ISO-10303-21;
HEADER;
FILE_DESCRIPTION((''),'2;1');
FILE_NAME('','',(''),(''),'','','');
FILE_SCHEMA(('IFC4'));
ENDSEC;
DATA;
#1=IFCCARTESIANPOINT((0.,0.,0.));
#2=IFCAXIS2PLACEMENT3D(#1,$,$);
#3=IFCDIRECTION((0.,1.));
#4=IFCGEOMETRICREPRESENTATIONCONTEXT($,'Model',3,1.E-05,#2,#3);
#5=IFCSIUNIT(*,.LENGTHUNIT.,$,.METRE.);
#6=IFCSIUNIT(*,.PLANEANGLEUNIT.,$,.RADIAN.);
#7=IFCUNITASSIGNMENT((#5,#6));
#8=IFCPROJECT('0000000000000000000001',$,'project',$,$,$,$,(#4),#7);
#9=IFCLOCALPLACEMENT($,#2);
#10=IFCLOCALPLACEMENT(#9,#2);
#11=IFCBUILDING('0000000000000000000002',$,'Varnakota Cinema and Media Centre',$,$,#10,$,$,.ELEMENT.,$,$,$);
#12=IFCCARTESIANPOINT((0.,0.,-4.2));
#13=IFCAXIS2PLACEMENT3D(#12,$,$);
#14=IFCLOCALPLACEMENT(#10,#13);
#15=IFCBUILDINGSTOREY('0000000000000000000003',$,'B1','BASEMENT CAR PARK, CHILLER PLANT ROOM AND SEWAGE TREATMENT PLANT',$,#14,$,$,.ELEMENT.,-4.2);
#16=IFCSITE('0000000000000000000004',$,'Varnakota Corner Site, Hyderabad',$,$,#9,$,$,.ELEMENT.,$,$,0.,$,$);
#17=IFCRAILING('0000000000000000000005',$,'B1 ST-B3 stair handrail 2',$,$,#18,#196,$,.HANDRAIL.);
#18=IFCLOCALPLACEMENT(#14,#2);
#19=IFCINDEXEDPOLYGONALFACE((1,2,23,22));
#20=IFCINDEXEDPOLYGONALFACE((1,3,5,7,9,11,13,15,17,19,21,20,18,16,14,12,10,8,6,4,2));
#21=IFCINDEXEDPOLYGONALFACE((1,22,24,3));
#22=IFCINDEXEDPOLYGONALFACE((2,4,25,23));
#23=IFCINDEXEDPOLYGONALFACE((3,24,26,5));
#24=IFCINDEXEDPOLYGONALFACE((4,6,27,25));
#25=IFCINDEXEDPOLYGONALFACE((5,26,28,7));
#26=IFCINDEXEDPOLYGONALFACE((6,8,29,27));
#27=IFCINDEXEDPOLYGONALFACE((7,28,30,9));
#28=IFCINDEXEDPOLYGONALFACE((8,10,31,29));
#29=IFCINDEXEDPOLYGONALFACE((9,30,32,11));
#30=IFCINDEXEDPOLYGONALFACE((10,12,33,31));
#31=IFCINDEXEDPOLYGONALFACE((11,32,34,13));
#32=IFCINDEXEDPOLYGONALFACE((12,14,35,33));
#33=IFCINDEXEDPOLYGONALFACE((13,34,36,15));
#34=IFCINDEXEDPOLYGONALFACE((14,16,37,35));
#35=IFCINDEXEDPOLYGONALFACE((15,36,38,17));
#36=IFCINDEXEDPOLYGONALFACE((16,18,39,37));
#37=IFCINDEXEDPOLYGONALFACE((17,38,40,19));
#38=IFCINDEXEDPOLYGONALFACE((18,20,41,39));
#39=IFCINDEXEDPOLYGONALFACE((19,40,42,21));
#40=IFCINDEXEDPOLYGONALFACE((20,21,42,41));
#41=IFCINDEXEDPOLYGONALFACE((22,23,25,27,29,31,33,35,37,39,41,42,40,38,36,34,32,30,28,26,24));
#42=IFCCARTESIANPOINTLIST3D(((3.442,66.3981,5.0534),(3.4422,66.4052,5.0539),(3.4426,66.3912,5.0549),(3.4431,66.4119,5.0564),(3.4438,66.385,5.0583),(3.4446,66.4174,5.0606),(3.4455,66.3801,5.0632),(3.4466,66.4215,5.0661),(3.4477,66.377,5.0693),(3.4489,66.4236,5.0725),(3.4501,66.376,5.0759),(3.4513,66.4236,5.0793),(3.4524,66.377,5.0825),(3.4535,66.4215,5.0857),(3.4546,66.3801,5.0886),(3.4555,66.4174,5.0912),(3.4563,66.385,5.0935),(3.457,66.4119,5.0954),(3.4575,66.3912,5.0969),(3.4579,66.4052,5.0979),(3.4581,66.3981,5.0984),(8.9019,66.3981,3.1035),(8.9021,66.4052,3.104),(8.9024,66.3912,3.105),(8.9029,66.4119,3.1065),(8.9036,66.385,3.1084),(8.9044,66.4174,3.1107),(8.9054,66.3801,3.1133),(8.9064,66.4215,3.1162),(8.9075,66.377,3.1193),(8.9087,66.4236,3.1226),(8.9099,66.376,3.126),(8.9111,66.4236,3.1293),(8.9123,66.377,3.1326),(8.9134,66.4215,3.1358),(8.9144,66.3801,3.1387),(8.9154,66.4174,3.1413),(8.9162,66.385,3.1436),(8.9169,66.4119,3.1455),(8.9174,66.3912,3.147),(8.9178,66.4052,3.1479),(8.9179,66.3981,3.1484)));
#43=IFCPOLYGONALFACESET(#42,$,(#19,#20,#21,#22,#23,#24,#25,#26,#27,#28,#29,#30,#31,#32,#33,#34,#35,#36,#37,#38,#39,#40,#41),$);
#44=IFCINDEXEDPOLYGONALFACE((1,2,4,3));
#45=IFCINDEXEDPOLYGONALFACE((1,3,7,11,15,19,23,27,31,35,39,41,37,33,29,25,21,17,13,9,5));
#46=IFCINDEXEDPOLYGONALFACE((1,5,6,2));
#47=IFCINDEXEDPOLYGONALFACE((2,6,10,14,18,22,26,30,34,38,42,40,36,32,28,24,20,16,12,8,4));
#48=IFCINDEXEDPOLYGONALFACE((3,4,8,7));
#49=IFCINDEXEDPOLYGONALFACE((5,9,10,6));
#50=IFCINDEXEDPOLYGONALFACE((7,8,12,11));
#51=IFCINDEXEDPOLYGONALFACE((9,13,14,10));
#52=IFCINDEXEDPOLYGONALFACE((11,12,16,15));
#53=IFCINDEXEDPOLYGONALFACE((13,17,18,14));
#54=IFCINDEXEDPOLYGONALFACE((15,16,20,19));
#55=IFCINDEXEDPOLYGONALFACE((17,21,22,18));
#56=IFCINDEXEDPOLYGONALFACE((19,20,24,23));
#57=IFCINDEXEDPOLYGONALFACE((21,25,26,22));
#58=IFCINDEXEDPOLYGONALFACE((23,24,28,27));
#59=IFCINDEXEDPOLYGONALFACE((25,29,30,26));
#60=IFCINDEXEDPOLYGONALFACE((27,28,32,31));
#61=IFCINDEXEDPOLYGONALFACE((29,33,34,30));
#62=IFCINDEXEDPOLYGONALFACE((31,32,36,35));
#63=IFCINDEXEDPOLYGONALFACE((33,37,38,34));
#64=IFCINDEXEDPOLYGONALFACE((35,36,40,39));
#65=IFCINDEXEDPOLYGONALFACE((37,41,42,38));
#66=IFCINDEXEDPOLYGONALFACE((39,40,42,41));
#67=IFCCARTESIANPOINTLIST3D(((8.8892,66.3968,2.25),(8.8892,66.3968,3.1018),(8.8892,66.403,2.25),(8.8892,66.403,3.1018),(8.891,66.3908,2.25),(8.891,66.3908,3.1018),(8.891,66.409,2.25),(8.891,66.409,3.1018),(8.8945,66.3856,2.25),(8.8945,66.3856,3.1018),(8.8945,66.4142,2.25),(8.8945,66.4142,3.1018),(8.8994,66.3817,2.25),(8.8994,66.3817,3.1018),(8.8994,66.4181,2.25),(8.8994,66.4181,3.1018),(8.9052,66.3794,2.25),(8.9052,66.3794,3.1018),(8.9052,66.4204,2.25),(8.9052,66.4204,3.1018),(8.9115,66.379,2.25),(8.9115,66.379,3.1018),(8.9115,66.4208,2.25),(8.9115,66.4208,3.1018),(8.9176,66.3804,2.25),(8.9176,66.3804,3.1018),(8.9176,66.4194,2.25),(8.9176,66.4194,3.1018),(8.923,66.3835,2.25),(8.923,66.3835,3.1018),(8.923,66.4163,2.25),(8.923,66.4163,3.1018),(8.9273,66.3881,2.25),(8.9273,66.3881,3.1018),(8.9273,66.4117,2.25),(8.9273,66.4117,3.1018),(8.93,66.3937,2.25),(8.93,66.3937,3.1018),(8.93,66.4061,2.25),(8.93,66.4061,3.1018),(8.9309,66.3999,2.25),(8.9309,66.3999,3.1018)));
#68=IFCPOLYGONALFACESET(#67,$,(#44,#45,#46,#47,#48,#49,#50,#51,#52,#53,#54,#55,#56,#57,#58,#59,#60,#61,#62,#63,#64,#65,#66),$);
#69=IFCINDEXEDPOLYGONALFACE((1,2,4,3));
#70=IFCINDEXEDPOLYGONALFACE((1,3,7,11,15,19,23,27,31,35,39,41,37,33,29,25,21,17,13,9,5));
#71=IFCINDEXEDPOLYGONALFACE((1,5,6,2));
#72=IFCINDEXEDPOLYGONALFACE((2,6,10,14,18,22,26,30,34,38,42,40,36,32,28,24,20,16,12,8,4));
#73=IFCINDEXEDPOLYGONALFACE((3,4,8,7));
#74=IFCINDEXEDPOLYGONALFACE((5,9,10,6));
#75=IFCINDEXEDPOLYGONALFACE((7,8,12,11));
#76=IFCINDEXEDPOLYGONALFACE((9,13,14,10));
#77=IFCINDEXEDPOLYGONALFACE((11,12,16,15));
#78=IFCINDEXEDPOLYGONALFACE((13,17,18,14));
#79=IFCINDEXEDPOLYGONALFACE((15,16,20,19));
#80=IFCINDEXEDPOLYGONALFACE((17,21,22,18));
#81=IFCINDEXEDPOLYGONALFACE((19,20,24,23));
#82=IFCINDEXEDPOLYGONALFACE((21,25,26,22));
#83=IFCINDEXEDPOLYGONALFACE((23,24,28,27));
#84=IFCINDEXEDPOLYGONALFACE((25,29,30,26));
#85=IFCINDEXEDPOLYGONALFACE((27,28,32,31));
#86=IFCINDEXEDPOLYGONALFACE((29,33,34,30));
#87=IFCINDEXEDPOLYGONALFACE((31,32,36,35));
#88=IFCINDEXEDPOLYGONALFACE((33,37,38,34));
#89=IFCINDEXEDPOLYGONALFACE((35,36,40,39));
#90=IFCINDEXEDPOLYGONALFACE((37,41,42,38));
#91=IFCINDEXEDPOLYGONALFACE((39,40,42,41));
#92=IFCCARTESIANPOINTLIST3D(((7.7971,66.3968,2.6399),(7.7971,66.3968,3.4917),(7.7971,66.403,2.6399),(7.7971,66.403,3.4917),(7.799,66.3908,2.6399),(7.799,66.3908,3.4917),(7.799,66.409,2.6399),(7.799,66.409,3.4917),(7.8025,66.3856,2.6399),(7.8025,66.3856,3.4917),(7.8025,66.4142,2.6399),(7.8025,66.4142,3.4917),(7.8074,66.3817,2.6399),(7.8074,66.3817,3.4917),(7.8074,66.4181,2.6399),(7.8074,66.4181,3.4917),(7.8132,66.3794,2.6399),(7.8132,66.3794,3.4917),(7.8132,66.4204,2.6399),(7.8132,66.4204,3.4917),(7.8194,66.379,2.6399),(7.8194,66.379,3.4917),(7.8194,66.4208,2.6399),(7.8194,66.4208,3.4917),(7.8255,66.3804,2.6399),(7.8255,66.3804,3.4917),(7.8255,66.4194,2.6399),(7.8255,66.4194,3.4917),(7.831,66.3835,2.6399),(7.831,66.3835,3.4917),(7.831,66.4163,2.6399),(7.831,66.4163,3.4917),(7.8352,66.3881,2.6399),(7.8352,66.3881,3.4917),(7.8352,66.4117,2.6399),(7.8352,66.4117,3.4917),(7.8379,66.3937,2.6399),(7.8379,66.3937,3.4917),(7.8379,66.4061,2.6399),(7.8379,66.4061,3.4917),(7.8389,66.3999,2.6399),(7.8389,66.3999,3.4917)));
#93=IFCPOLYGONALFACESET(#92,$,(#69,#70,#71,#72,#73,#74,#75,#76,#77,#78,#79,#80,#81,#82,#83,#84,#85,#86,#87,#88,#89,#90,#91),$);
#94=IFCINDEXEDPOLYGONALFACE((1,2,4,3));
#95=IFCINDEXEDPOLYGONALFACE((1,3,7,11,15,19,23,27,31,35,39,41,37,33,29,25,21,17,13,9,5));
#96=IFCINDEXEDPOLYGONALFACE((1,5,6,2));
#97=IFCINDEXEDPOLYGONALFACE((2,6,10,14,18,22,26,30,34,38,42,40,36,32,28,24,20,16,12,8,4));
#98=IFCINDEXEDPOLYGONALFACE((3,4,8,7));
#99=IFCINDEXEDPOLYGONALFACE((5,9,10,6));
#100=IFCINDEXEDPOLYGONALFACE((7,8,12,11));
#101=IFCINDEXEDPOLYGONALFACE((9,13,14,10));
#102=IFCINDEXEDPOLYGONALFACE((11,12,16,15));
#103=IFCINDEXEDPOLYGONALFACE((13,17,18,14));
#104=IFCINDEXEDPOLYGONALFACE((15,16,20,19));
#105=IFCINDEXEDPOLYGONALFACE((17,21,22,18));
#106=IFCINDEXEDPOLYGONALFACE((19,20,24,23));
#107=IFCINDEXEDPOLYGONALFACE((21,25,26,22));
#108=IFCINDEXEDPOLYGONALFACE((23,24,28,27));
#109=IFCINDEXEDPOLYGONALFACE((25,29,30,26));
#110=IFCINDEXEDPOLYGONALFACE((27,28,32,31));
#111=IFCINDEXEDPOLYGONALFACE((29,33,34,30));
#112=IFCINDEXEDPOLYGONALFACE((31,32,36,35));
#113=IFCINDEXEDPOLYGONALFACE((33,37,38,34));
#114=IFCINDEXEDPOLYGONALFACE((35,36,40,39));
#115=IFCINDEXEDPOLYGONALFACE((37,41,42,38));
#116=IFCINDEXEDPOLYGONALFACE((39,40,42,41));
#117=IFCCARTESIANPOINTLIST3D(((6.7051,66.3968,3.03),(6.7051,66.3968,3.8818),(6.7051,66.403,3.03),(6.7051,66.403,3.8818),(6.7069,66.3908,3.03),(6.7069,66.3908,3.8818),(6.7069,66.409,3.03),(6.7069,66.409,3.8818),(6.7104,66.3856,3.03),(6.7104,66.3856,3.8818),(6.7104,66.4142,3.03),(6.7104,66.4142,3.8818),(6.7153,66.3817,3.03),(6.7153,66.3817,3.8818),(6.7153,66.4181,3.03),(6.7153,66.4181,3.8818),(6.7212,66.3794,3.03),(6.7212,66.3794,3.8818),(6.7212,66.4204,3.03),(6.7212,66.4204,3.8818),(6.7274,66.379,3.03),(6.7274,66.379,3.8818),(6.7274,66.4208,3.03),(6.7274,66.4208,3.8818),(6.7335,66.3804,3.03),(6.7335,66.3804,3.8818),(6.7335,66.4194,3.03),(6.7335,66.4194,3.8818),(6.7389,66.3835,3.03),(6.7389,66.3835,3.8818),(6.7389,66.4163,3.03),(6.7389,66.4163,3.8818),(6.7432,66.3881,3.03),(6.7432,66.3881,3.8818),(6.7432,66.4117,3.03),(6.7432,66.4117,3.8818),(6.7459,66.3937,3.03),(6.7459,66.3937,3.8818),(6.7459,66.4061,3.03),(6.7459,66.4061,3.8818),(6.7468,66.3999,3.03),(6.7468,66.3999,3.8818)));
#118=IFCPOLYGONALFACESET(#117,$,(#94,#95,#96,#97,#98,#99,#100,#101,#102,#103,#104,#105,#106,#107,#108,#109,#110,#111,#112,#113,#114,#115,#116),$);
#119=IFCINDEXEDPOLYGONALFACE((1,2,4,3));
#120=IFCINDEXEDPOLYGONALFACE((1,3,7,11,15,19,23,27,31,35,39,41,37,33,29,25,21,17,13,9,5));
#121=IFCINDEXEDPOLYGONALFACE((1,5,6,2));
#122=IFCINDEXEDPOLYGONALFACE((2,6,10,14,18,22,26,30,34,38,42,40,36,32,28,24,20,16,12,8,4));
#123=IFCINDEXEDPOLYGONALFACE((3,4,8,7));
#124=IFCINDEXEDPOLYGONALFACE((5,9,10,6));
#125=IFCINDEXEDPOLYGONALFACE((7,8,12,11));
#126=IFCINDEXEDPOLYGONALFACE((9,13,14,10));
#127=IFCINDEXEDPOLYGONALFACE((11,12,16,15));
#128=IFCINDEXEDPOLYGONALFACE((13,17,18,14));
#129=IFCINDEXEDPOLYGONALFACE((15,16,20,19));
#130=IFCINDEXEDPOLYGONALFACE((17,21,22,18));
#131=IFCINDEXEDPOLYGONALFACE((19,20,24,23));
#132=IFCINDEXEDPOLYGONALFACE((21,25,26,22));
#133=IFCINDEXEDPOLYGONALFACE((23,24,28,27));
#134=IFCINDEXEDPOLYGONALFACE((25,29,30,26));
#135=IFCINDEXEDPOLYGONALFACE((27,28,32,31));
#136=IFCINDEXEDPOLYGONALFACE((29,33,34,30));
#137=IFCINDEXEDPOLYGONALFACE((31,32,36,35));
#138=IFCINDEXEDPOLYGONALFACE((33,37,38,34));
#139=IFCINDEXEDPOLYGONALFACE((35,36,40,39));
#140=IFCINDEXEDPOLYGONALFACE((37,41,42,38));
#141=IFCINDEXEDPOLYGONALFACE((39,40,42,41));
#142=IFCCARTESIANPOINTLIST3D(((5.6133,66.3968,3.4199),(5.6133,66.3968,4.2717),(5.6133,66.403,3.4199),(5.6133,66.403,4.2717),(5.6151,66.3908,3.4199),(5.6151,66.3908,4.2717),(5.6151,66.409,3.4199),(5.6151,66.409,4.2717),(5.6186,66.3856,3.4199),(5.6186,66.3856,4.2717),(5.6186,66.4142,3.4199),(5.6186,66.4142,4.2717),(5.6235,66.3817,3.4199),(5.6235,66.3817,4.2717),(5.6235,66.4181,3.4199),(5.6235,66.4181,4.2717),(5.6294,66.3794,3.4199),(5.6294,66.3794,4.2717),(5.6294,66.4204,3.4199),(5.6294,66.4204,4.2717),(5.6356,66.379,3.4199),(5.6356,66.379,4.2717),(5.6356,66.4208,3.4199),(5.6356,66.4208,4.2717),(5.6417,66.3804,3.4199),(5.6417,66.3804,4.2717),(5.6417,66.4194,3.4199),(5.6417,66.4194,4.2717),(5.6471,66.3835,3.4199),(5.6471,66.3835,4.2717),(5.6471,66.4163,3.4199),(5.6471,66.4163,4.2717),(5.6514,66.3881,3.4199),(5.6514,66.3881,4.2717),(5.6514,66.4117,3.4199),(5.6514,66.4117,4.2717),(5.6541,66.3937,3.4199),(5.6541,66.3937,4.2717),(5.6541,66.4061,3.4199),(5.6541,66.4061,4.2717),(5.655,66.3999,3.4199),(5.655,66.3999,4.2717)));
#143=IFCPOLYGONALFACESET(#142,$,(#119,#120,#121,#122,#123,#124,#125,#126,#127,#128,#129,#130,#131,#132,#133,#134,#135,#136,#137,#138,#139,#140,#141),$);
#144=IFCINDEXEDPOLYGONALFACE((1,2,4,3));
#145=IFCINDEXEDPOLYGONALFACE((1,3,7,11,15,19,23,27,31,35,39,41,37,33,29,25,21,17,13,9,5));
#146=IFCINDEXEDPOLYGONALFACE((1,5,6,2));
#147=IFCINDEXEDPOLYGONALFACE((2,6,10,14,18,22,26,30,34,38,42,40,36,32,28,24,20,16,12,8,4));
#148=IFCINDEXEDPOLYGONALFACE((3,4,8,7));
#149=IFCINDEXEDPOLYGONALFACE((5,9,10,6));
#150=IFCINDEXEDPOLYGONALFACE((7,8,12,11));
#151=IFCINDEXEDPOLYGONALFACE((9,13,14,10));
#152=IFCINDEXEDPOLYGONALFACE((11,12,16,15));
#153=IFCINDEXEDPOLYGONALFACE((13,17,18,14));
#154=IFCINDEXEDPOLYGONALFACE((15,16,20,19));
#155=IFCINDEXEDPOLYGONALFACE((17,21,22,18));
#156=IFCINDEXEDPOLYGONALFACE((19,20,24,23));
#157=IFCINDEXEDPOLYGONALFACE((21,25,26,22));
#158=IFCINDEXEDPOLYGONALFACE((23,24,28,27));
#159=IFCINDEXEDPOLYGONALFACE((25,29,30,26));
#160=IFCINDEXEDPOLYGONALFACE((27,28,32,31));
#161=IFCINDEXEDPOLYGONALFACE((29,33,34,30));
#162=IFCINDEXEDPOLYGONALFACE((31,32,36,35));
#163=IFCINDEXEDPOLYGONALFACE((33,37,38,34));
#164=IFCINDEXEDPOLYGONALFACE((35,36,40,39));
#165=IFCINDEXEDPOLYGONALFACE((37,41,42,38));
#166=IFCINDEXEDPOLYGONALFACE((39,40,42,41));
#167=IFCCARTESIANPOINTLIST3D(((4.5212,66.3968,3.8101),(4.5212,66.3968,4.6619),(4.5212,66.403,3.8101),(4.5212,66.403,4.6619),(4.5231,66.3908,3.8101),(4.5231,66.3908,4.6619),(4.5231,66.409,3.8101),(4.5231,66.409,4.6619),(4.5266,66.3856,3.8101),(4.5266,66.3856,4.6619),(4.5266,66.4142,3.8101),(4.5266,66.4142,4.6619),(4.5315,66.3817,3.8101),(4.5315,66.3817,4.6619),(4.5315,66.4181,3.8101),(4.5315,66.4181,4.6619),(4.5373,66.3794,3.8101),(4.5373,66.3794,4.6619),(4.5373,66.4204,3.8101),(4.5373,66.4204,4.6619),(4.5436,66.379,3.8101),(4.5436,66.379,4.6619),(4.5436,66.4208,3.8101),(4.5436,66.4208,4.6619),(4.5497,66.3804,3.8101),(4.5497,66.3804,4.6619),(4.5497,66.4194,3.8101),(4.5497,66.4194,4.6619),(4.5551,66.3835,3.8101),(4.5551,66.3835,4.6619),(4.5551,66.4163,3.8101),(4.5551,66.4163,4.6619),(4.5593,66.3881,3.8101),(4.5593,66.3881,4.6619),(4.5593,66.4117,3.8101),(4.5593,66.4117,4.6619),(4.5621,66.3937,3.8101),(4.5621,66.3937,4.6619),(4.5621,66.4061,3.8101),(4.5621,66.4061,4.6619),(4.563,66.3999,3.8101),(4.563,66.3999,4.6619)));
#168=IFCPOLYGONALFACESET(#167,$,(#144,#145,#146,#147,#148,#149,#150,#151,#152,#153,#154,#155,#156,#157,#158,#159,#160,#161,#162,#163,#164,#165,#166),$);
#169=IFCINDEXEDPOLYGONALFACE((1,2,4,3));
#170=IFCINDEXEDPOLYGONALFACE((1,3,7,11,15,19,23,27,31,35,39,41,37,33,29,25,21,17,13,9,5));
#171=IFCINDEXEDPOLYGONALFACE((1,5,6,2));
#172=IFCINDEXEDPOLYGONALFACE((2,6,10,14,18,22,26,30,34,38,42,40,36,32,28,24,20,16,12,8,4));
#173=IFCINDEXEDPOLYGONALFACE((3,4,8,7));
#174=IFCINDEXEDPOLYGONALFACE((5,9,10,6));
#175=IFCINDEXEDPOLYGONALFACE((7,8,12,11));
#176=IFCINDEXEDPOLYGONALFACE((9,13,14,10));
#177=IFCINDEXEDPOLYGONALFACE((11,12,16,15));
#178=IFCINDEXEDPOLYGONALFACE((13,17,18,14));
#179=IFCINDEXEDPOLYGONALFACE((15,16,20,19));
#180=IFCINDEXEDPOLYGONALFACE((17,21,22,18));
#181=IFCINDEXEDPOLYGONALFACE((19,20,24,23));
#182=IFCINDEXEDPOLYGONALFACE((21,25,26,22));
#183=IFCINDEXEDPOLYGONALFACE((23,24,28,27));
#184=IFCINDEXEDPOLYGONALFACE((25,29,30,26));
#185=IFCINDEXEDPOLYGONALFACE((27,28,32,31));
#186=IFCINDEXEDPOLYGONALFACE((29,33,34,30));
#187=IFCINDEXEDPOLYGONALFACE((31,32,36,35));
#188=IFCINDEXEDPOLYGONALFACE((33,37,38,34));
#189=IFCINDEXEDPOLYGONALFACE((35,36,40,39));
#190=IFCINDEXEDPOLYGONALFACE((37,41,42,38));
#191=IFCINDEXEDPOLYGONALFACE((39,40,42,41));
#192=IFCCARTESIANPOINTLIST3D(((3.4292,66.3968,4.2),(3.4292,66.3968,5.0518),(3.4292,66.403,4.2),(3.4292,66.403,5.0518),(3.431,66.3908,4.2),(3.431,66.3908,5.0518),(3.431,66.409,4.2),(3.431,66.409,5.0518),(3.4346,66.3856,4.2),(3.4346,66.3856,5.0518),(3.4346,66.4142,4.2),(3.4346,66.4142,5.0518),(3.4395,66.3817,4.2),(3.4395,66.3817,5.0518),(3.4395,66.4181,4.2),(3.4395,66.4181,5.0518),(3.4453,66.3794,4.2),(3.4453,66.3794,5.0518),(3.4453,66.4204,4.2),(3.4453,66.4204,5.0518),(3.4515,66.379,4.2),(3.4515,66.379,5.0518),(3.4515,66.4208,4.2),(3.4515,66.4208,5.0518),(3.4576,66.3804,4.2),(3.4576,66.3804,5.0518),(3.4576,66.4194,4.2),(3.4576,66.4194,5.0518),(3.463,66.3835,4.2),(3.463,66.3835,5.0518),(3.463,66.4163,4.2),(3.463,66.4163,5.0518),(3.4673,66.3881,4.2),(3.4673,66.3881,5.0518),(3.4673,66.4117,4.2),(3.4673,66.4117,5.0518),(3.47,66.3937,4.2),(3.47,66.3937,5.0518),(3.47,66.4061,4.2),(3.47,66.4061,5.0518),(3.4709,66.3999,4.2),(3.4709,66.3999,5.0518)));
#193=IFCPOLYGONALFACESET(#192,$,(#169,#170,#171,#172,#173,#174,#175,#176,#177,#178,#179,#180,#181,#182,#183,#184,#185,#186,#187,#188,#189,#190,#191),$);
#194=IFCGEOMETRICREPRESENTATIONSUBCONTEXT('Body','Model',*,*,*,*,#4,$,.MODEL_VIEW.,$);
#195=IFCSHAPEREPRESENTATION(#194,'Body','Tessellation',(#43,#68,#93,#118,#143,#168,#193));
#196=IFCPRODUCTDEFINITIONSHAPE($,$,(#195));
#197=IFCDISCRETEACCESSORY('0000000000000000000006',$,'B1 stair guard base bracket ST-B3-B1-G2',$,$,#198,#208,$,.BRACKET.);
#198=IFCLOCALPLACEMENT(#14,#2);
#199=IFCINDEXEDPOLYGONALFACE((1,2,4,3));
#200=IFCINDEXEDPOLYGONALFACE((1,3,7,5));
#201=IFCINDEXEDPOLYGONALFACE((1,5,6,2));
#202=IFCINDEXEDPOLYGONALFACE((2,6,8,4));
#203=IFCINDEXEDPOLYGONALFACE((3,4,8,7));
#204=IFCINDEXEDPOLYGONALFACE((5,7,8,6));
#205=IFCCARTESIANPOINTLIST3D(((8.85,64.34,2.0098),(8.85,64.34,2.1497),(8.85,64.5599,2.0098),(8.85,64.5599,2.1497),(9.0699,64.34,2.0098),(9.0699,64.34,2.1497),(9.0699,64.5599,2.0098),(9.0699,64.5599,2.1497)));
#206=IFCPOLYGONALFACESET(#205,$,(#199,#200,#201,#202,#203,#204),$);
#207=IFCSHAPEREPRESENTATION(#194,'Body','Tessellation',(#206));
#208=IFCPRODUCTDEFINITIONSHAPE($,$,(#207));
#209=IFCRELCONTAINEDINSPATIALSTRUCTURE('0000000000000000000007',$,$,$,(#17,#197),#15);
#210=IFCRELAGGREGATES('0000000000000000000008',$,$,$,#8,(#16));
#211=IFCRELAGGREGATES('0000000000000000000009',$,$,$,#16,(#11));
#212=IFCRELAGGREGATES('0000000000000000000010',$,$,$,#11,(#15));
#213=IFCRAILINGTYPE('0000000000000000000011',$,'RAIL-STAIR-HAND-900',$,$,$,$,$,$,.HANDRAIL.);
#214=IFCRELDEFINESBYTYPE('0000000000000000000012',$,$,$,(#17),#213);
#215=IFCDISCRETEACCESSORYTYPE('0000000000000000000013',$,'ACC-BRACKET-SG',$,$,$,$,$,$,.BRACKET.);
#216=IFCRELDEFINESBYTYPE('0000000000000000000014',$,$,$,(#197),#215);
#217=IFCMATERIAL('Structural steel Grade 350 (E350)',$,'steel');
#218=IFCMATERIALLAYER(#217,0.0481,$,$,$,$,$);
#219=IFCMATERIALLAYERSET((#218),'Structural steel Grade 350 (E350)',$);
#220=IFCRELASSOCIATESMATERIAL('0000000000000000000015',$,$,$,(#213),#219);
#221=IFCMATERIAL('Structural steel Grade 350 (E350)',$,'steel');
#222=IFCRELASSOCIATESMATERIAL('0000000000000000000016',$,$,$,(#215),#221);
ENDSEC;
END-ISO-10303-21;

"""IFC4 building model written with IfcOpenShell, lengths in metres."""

from ifc_helpers import new_model, si_unit, direction, frame, origin, origin_2d, place, context, subcontext, project, spatial, rectangle, circle, extrude, material, layer, layer_set, type_object, element, save


model = new_model("IFC4")

# Units and contexts
model_context = context("Model", 3, precision=1e-05, world=origin(), true_north=direction((0.0, 1.0)))
body_context = subcontext(model_context, "Body", "Model", "MODEL_VIEW")
ifc_project = project(units=[si_unit("LENGTHUNIT", "METRE"), si_unit("PLANEANGLEUNIT", "RADIAN")], contexts=[model_context])

# Site, building, storey
site_placement = place(None, origin())
site = spatial("IfcSite", under=ifc_project, at=site_placement, Name="Varnakota Corner Site, Hyderabad", CompositionType="ELEMENT", RefElevation=0.0)
building_placement = place(site_placement, origin())
building = spatial("IfcBuilding", under=site, at=building_placement, Name="Varnakota Cinema and Media Centre", CompositionType="ELEMENT")
storey_placement = place(building_placement, frame((0.0, 0.0, -4.2)))
storey = spatial("IfcBuildingStorey", under=building, at=storey_placement, Name="B1", Description="BASEMENT CAR PARK, CHILLER PLANT ROOM AND SEWAGE TREATMENT PLANT", CompositionType="ELEMENT", Elevation=-4.2)

# Railing
ifc_material_1 = material(Name="Structural steel Grade 350 (E350)", Category="steel")
ifc_layer_1 = layer(ifc_material_1, 0.0481)
ifc_layer_set_1 = layer_set([ifc_layer_1], Name="Structural steel Grade 350 (E350)")
railing_type_1 = type_object("IfcRailingType", Name="RAIL-STAIR-HAND-900", PredefinedType="HANDRAIL", material=ifc_layer_set_1)
railing_1_placement = place(storey_placement, frame((8.9099, 66.3999, 2.25)))
element("IfcRailing", 1, at=railing_1_placement, inside=storey, type_object=railing_type_1, Name="B1 ST-B3 stair handrail 2", PredefinedType="HANDRAIL", context=body_context, shape_type="SweptSolid", body=[
    extrude(circle(Radius=0.0239, at=origin_2d()), frame((0.0, 0.0, 0.876), z_axis=(-0.941744, 0.0, 0.336331), x_axis=(0.0, -1.0, 0.0)), (0.0, 0.0, 1.0), 5.7976),
    extrude(circle(Radius=0.021, at=origin_2d()), origin(), (0.0, 0.0, 1.0), 0.8518),
    extrude(circle(Radius=0.021, at=origin_2d()), frame((-1.092, 0.0, 0.3899)), (0.0, 0.0, 1.0), 0.8518),
    extrude(circle(Radius=0.021, at=origin_2d()), frame((-2.1841, 0.0, 0.78)), (0.0, 0.0, 1.0), 0.8518),
    extrude(circle(Radius=0.021, at=origin_2d()), frame((-3.2759, 0.0, 1.1699)), (0.0, 0.0, 1.0), 0.8518),
    extrude(circle(Radius=0.021, at=origin_2d()), frame((-4.3679, 0.0, 1.5601)), (0.0, 0.0, 1.0), 0.8518),
    extrude(circle(Radius=0.021, at=origin_2d()), frame((-5.46, 0.0, 1.95)), (0.0, 0.0, 1.0), 0.8518),
])

# Discrete accessory
ifc_material_2 = material(Name="Structural steel Grade 350 (E350)", Category="steel")
discrete_accessory_type = type_object("IfcDiscreteAccessoryType", Name="ACC-BRACKET-SG", PredefinedType="BRACKET", material=ifc_material_2)
for number, where, z_axis, x_axis, name in (
    (2, (8.96, 64.45, 2.0098), (0.0, 0.0, 1.0), (1.0, 0.0, 0.0), "B1 stair guard base bracket ST-B3-B1-G2"),
):
    element("IfcDiscreteAccessory", number, at=place(storey_placement, frame(where, z_axis=z_axis, x_axis=x_axis)), inside=storey, type_object=discrete_accessory_type, Name=name, PredefinedType="BRACKET", context=body_context, shape_type="SweptSolid", body=[
        extrude(rectangle(XDim=0.22, YDim=0.22, at=origin_2d()), origin(), (0.0, 0.0, 1.0), 0.1399),
    ])

save(model, "model.ifc")
